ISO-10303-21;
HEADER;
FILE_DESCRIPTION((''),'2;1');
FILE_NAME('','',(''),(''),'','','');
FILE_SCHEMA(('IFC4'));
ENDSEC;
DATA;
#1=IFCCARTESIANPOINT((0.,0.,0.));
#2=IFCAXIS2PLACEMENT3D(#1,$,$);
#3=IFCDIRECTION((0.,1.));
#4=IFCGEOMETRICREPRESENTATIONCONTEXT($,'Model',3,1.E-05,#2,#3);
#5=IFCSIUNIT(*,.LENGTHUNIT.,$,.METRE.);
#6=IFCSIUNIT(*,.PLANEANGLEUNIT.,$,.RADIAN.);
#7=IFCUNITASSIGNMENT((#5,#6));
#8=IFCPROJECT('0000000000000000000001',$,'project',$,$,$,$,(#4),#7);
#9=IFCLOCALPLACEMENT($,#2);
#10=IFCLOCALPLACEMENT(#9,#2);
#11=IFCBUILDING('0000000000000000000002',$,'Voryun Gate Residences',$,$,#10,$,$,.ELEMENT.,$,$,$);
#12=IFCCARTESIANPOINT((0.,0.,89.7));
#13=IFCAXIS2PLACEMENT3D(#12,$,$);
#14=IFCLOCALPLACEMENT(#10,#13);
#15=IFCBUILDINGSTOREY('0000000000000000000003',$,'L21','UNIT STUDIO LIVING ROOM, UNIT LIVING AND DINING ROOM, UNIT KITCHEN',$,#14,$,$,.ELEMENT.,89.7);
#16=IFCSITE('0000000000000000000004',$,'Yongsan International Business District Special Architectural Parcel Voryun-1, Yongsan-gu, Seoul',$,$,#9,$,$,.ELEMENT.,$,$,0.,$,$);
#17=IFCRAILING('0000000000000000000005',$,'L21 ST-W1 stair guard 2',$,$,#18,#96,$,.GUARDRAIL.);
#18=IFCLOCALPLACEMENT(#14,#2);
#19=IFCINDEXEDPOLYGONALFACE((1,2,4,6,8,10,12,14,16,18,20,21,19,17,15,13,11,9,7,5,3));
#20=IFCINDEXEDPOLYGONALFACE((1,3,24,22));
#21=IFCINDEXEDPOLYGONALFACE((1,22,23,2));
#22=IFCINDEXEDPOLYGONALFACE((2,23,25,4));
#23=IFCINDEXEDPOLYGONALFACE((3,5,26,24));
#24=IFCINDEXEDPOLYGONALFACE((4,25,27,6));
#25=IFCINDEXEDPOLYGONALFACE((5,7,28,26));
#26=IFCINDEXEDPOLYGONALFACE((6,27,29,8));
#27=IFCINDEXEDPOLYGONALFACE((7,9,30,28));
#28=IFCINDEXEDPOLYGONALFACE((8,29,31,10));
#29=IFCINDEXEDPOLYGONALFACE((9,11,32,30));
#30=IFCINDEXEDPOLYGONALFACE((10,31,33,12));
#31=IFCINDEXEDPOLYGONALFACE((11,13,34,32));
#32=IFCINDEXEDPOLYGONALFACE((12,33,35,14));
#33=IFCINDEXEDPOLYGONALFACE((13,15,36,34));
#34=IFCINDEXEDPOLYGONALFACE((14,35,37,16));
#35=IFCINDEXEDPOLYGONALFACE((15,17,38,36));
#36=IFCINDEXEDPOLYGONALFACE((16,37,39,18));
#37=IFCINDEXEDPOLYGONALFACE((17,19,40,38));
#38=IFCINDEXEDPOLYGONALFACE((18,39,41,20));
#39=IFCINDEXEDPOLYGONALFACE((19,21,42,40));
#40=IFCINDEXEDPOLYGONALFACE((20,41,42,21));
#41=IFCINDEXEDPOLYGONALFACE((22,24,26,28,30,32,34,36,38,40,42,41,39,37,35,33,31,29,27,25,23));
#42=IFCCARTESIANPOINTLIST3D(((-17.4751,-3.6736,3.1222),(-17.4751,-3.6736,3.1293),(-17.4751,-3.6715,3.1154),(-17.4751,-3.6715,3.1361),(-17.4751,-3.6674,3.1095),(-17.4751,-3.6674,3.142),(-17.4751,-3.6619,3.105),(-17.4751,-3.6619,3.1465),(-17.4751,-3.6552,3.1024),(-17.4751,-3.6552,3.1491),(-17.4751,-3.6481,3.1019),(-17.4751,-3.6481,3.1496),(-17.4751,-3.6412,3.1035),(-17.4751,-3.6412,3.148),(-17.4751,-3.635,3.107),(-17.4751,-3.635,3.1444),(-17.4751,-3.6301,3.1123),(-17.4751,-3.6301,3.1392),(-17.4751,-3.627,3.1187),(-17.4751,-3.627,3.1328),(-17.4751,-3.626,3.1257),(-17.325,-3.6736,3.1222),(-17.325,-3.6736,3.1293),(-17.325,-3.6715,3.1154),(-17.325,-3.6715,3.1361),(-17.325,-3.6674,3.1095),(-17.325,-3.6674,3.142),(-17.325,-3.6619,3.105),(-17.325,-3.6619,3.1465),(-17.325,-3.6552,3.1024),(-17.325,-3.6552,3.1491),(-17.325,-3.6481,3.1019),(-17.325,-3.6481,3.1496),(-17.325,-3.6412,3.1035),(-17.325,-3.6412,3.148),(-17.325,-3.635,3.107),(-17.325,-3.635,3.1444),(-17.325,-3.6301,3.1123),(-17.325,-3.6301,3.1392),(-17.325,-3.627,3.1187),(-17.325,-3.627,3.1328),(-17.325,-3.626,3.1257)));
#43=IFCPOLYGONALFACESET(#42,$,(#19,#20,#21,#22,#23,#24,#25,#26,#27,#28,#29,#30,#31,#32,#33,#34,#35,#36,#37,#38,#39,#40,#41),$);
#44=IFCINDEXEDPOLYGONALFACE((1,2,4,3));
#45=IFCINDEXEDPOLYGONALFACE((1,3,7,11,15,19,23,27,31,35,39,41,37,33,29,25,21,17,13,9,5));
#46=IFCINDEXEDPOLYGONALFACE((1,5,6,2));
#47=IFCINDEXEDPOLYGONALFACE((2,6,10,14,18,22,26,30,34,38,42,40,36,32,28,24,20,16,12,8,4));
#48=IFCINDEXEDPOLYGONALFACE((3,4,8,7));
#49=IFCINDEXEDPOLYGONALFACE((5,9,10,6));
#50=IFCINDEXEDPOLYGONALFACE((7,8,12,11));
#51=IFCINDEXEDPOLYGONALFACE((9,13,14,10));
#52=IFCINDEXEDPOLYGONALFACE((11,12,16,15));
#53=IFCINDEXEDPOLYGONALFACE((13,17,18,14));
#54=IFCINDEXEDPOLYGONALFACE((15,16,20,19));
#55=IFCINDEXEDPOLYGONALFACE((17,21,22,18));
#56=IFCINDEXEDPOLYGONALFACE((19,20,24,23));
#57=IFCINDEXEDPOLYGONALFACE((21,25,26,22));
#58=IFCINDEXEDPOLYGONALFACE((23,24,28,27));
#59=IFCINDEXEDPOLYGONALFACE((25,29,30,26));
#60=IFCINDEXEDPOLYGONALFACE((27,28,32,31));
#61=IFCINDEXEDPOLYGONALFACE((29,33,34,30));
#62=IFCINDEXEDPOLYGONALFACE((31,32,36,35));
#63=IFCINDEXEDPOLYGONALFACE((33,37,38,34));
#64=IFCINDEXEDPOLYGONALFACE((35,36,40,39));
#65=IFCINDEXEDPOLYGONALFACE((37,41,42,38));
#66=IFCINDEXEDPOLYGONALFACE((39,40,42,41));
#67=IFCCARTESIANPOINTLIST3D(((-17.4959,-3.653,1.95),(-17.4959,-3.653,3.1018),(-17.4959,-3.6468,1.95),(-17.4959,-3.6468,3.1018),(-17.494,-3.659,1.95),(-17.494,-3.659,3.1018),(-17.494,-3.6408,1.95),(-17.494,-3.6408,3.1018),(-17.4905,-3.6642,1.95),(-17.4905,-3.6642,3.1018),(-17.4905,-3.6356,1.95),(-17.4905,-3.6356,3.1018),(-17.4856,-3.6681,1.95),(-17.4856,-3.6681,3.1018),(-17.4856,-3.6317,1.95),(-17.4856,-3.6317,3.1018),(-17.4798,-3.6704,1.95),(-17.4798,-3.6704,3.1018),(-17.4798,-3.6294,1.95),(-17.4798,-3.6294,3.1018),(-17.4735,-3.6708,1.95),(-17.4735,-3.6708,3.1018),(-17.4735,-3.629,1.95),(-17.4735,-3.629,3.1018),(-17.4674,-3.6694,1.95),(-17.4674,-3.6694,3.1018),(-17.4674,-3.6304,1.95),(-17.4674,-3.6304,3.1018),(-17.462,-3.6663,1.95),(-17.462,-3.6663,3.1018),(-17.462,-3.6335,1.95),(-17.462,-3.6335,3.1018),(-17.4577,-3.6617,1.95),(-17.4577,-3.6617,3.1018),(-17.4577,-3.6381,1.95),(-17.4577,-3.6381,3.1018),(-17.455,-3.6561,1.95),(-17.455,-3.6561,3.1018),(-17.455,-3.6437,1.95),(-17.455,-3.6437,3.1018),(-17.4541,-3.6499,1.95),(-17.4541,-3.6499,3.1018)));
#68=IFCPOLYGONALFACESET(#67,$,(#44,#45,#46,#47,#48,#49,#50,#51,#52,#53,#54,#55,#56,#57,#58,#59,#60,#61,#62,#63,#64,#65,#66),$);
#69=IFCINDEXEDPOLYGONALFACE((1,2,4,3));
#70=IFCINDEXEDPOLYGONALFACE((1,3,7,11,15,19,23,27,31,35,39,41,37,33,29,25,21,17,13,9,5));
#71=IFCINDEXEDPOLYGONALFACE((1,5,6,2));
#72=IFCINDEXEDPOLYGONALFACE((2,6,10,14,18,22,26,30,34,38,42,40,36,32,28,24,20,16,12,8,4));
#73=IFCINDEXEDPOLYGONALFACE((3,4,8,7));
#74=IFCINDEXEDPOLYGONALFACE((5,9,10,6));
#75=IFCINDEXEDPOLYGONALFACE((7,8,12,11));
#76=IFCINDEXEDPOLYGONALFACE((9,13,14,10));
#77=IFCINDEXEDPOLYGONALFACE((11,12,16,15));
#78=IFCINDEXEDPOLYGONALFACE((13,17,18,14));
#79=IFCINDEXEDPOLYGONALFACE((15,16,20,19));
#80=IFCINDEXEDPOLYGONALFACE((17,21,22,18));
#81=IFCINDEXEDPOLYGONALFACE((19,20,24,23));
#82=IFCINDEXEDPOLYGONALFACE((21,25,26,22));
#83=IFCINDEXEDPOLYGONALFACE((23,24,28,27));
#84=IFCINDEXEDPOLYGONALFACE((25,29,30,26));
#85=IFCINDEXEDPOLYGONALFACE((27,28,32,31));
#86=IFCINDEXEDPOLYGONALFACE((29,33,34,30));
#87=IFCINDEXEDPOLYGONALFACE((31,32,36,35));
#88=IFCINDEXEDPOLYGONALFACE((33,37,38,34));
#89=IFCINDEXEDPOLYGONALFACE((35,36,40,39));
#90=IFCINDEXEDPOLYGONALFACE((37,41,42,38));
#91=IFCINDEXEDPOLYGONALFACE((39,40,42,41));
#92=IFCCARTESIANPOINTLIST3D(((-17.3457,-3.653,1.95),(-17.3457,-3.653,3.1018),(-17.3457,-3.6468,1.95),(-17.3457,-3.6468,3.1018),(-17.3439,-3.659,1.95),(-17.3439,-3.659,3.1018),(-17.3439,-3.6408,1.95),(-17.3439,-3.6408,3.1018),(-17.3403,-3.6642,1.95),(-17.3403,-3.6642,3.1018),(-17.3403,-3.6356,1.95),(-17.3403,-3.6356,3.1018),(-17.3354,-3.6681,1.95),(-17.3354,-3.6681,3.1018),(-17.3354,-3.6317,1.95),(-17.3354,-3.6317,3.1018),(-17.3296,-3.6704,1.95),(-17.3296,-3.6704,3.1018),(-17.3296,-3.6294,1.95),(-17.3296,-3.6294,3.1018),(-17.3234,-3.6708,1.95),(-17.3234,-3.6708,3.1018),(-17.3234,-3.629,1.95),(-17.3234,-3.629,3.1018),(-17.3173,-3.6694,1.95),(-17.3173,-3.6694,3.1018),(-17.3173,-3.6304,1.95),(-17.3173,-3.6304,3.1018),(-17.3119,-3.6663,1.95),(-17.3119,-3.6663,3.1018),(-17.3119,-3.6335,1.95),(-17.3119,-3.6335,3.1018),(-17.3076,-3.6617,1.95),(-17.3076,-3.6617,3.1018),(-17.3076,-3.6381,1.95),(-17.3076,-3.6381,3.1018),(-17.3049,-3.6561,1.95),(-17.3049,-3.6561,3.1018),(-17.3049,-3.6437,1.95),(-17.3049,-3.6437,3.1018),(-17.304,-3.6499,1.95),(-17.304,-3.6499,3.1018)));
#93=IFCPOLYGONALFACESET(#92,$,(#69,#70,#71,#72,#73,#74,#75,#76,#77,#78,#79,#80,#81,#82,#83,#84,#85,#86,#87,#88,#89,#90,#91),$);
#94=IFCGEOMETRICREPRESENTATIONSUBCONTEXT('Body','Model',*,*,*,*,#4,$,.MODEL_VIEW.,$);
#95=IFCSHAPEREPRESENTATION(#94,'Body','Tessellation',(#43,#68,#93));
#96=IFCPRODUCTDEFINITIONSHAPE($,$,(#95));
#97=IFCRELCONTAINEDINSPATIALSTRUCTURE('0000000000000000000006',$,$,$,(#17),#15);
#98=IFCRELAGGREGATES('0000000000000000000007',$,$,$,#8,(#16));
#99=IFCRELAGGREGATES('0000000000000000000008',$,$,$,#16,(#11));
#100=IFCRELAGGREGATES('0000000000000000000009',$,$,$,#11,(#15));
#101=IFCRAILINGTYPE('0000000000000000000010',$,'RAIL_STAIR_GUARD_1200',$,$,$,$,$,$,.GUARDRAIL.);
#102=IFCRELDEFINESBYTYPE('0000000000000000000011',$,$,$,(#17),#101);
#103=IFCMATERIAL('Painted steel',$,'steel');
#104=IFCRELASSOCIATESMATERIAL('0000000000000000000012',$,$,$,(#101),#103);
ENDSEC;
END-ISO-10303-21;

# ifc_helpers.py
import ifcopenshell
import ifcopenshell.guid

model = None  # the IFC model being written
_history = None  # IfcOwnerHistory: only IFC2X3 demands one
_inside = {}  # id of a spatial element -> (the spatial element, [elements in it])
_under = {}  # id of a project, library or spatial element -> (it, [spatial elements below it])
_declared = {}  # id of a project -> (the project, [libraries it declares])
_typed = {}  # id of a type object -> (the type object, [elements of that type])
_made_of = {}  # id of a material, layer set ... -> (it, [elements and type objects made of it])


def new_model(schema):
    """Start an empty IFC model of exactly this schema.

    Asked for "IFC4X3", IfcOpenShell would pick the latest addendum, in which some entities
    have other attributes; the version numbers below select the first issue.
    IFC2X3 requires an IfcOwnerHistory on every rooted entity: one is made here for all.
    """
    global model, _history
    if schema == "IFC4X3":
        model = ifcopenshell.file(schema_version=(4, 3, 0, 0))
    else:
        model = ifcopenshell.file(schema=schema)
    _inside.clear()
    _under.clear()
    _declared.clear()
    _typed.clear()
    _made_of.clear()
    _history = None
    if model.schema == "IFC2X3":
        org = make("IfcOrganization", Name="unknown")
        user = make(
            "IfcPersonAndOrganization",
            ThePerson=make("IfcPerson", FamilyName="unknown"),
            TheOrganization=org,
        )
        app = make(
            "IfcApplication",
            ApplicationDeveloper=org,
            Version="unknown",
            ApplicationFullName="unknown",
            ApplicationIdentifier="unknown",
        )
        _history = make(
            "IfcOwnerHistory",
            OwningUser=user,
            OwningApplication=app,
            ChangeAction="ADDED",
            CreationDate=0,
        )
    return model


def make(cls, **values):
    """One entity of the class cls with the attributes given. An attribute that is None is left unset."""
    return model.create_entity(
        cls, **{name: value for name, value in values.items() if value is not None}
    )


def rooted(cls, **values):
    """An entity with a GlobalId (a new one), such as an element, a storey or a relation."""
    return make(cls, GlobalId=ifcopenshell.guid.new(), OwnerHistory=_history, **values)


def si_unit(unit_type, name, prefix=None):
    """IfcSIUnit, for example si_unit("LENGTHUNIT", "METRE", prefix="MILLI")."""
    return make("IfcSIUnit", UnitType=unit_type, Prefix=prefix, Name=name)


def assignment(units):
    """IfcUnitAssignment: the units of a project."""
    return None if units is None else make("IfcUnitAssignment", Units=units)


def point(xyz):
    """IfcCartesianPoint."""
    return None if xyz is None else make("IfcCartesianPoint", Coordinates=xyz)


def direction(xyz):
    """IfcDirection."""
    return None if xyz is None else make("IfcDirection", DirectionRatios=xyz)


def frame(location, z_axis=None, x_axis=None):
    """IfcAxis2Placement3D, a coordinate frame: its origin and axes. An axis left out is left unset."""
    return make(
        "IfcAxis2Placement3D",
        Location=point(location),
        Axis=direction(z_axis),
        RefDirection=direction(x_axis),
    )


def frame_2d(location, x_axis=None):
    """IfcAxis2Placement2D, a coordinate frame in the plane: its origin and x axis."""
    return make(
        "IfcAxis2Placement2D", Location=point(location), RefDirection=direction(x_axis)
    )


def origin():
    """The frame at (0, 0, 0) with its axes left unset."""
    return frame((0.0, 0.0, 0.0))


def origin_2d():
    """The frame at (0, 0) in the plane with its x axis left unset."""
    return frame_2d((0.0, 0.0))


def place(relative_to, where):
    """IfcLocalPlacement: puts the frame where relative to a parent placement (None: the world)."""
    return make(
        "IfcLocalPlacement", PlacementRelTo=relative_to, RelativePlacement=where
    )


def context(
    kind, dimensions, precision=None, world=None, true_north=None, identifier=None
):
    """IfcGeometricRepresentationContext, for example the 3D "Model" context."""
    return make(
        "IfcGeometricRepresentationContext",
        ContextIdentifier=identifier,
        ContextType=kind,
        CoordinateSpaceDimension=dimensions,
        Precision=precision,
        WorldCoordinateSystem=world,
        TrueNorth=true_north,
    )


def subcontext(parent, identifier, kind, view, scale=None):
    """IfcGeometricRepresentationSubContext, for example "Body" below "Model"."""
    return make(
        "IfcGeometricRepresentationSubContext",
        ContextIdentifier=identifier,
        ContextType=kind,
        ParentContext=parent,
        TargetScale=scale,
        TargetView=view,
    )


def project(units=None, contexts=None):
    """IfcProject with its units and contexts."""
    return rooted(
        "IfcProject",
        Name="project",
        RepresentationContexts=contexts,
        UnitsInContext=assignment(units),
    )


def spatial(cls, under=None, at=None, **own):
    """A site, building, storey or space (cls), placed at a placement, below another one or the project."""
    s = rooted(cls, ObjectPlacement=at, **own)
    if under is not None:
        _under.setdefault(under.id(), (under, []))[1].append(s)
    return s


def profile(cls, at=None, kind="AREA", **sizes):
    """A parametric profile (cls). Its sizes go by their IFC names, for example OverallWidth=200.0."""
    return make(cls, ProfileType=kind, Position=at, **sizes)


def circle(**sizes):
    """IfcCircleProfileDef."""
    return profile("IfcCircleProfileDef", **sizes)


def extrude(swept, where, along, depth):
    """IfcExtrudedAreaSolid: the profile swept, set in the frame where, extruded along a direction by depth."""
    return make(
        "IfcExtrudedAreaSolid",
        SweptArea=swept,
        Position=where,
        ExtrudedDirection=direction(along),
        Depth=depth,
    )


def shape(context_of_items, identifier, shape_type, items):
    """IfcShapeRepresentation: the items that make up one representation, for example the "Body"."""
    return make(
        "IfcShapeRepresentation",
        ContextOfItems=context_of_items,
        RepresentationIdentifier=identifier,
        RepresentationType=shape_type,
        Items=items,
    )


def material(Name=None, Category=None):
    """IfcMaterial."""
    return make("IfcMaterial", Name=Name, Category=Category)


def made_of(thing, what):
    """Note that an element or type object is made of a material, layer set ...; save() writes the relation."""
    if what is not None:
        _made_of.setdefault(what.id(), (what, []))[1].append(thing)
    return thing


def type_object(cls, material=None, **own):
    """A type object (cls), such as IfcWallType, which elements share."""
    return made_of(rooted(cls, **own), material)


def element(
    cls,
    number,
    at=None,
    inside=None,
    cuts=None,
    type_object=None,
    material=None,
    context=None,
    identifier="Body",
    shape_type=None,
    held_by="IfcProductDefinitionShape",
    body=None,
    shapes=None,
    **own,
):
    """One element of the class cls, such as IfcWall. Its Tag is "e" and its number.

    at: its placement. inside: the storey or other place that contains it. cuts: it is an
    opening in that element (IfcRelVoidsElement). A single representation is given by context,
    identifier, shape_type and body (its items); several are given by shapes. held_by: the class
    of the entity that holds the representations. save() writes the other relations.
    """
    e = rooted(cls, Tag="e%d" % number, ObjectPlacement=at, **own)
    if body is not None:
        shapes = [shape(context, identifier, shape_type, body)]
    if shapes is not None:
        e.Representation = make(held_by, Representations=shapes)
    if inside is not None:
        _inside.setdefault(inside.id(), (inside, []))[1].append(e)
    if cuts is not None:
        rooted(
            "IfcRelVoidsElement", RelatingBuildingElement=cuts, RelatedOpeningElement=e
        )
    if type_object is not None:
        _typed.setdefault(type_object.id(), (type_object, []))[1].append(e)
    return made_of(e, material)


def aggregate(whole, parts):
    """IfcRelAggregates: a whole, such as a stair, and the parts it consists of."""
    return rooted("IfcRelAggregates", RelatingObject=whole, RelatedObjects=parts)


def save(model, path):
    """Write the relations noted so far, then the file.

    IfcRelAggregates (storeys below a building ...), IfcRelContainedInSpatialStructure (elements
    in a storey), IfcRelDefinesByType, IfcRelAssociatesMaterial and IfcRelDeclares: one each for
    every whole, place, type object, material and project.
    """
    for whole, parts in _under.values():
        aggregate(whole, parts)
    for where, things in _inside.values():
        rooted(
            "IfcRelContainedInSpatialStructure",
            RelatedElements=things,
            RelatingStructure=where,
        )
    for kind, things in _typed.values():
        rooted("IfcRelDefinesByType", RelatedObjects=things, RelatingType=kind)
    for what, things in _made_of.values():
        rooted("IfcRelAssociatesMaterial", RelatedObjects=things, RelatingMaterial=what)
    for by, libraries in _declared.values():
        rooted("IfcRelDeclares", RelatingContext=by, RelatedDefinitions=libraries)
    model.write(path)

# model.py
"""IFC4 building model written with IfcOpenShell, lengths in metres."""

from ifc_helpers import new_model, si_unit, direction, frame, origin, origin_2d, place, context, subcontext, project, spatial, circle, extrude, material, type_object, element, save


model = new_model("IFC4")

# Units and contexts
model_context = context("Model", 3, precision=1e-05, world=origin(), true_north=direction((0.0, 1.0)))
body_context = subcontext(model_context, "Body", "Model", "MODEL_VIEW")
ifc_project = project(units=[si_unit("LENGTHUNIT", "METRE"), si_unit("PLANEANGLEUNIT", "RADIAN")], contexts=[model_context])

# Site, building, storey
site_placement = place(None, origin())
site = spatial("IfcSite", under=ifc_project, at=site_placement, Name="Yongsan International Business District Special Architectural Parcel Voryun-1, Yongsan-gu, Seoul", CompositionType="ELEMENT", RefElevation=0.0)
building_placement = place(site_placement, origin())
building = spatial("IfcBuilding", under=site, at=building_placement, Name="Voryun Gate Residences", CompositionType="ELEMENT")
storey_placement = place(building_placement, frame((0.0, 0.0, 89.7)))
storey = spatial("IfcBuildingStorey", under=building, at=storey_placement, Name="L21", Description="UNIT STUDIO LIVING ROOM, UNIT LIVING AND DINING ROOM, UNIT KITCHEN", CompositionType="ELEMENT", Elevation=89.7)

# Railing
ifc_material_1 = material(Name="Painted steel", Category="steel")
railing_type_1 = type_object("IfcRailingType", Name="RAIL_STAIR_GUARD_1200", PredefinedType="GUARDRAIL", material=ifc_material_1)
railing_1_placement = place(storey_placement, frame((-17.4751, -3.6499, 1.95)))
element("IfcRailing", 1, at=railing_1_placement, inside=storey, type_object=railing_type_1, Name="L21 ST-W1 stair guard 2", PredefinedType="GUARDRAIL", context=body_context, shape_type="SweptSolid", body=[
    extrude(circle(Radius=0.0239, at=origin_2d()), frame((0.0, 0.0, 1.1758), z_axis=(1.0, 0.0, 0.0), x_axis=(0.0, 1.0, 0.0)), (0.0, 0.0, 1.0), 0.1501),
    extrude(circle(Radius=0.021, at=origin_2d()), origin(), (0.0, 0.0, 1.0), 1.1519),
    extrude(circle(Radius=0.021, at=origin_2d()), frame((0.1501, 0.0, 0.0)), (0.0, 0.0, 1.0), 1.1519),
])

save(model, "model.ifc")
